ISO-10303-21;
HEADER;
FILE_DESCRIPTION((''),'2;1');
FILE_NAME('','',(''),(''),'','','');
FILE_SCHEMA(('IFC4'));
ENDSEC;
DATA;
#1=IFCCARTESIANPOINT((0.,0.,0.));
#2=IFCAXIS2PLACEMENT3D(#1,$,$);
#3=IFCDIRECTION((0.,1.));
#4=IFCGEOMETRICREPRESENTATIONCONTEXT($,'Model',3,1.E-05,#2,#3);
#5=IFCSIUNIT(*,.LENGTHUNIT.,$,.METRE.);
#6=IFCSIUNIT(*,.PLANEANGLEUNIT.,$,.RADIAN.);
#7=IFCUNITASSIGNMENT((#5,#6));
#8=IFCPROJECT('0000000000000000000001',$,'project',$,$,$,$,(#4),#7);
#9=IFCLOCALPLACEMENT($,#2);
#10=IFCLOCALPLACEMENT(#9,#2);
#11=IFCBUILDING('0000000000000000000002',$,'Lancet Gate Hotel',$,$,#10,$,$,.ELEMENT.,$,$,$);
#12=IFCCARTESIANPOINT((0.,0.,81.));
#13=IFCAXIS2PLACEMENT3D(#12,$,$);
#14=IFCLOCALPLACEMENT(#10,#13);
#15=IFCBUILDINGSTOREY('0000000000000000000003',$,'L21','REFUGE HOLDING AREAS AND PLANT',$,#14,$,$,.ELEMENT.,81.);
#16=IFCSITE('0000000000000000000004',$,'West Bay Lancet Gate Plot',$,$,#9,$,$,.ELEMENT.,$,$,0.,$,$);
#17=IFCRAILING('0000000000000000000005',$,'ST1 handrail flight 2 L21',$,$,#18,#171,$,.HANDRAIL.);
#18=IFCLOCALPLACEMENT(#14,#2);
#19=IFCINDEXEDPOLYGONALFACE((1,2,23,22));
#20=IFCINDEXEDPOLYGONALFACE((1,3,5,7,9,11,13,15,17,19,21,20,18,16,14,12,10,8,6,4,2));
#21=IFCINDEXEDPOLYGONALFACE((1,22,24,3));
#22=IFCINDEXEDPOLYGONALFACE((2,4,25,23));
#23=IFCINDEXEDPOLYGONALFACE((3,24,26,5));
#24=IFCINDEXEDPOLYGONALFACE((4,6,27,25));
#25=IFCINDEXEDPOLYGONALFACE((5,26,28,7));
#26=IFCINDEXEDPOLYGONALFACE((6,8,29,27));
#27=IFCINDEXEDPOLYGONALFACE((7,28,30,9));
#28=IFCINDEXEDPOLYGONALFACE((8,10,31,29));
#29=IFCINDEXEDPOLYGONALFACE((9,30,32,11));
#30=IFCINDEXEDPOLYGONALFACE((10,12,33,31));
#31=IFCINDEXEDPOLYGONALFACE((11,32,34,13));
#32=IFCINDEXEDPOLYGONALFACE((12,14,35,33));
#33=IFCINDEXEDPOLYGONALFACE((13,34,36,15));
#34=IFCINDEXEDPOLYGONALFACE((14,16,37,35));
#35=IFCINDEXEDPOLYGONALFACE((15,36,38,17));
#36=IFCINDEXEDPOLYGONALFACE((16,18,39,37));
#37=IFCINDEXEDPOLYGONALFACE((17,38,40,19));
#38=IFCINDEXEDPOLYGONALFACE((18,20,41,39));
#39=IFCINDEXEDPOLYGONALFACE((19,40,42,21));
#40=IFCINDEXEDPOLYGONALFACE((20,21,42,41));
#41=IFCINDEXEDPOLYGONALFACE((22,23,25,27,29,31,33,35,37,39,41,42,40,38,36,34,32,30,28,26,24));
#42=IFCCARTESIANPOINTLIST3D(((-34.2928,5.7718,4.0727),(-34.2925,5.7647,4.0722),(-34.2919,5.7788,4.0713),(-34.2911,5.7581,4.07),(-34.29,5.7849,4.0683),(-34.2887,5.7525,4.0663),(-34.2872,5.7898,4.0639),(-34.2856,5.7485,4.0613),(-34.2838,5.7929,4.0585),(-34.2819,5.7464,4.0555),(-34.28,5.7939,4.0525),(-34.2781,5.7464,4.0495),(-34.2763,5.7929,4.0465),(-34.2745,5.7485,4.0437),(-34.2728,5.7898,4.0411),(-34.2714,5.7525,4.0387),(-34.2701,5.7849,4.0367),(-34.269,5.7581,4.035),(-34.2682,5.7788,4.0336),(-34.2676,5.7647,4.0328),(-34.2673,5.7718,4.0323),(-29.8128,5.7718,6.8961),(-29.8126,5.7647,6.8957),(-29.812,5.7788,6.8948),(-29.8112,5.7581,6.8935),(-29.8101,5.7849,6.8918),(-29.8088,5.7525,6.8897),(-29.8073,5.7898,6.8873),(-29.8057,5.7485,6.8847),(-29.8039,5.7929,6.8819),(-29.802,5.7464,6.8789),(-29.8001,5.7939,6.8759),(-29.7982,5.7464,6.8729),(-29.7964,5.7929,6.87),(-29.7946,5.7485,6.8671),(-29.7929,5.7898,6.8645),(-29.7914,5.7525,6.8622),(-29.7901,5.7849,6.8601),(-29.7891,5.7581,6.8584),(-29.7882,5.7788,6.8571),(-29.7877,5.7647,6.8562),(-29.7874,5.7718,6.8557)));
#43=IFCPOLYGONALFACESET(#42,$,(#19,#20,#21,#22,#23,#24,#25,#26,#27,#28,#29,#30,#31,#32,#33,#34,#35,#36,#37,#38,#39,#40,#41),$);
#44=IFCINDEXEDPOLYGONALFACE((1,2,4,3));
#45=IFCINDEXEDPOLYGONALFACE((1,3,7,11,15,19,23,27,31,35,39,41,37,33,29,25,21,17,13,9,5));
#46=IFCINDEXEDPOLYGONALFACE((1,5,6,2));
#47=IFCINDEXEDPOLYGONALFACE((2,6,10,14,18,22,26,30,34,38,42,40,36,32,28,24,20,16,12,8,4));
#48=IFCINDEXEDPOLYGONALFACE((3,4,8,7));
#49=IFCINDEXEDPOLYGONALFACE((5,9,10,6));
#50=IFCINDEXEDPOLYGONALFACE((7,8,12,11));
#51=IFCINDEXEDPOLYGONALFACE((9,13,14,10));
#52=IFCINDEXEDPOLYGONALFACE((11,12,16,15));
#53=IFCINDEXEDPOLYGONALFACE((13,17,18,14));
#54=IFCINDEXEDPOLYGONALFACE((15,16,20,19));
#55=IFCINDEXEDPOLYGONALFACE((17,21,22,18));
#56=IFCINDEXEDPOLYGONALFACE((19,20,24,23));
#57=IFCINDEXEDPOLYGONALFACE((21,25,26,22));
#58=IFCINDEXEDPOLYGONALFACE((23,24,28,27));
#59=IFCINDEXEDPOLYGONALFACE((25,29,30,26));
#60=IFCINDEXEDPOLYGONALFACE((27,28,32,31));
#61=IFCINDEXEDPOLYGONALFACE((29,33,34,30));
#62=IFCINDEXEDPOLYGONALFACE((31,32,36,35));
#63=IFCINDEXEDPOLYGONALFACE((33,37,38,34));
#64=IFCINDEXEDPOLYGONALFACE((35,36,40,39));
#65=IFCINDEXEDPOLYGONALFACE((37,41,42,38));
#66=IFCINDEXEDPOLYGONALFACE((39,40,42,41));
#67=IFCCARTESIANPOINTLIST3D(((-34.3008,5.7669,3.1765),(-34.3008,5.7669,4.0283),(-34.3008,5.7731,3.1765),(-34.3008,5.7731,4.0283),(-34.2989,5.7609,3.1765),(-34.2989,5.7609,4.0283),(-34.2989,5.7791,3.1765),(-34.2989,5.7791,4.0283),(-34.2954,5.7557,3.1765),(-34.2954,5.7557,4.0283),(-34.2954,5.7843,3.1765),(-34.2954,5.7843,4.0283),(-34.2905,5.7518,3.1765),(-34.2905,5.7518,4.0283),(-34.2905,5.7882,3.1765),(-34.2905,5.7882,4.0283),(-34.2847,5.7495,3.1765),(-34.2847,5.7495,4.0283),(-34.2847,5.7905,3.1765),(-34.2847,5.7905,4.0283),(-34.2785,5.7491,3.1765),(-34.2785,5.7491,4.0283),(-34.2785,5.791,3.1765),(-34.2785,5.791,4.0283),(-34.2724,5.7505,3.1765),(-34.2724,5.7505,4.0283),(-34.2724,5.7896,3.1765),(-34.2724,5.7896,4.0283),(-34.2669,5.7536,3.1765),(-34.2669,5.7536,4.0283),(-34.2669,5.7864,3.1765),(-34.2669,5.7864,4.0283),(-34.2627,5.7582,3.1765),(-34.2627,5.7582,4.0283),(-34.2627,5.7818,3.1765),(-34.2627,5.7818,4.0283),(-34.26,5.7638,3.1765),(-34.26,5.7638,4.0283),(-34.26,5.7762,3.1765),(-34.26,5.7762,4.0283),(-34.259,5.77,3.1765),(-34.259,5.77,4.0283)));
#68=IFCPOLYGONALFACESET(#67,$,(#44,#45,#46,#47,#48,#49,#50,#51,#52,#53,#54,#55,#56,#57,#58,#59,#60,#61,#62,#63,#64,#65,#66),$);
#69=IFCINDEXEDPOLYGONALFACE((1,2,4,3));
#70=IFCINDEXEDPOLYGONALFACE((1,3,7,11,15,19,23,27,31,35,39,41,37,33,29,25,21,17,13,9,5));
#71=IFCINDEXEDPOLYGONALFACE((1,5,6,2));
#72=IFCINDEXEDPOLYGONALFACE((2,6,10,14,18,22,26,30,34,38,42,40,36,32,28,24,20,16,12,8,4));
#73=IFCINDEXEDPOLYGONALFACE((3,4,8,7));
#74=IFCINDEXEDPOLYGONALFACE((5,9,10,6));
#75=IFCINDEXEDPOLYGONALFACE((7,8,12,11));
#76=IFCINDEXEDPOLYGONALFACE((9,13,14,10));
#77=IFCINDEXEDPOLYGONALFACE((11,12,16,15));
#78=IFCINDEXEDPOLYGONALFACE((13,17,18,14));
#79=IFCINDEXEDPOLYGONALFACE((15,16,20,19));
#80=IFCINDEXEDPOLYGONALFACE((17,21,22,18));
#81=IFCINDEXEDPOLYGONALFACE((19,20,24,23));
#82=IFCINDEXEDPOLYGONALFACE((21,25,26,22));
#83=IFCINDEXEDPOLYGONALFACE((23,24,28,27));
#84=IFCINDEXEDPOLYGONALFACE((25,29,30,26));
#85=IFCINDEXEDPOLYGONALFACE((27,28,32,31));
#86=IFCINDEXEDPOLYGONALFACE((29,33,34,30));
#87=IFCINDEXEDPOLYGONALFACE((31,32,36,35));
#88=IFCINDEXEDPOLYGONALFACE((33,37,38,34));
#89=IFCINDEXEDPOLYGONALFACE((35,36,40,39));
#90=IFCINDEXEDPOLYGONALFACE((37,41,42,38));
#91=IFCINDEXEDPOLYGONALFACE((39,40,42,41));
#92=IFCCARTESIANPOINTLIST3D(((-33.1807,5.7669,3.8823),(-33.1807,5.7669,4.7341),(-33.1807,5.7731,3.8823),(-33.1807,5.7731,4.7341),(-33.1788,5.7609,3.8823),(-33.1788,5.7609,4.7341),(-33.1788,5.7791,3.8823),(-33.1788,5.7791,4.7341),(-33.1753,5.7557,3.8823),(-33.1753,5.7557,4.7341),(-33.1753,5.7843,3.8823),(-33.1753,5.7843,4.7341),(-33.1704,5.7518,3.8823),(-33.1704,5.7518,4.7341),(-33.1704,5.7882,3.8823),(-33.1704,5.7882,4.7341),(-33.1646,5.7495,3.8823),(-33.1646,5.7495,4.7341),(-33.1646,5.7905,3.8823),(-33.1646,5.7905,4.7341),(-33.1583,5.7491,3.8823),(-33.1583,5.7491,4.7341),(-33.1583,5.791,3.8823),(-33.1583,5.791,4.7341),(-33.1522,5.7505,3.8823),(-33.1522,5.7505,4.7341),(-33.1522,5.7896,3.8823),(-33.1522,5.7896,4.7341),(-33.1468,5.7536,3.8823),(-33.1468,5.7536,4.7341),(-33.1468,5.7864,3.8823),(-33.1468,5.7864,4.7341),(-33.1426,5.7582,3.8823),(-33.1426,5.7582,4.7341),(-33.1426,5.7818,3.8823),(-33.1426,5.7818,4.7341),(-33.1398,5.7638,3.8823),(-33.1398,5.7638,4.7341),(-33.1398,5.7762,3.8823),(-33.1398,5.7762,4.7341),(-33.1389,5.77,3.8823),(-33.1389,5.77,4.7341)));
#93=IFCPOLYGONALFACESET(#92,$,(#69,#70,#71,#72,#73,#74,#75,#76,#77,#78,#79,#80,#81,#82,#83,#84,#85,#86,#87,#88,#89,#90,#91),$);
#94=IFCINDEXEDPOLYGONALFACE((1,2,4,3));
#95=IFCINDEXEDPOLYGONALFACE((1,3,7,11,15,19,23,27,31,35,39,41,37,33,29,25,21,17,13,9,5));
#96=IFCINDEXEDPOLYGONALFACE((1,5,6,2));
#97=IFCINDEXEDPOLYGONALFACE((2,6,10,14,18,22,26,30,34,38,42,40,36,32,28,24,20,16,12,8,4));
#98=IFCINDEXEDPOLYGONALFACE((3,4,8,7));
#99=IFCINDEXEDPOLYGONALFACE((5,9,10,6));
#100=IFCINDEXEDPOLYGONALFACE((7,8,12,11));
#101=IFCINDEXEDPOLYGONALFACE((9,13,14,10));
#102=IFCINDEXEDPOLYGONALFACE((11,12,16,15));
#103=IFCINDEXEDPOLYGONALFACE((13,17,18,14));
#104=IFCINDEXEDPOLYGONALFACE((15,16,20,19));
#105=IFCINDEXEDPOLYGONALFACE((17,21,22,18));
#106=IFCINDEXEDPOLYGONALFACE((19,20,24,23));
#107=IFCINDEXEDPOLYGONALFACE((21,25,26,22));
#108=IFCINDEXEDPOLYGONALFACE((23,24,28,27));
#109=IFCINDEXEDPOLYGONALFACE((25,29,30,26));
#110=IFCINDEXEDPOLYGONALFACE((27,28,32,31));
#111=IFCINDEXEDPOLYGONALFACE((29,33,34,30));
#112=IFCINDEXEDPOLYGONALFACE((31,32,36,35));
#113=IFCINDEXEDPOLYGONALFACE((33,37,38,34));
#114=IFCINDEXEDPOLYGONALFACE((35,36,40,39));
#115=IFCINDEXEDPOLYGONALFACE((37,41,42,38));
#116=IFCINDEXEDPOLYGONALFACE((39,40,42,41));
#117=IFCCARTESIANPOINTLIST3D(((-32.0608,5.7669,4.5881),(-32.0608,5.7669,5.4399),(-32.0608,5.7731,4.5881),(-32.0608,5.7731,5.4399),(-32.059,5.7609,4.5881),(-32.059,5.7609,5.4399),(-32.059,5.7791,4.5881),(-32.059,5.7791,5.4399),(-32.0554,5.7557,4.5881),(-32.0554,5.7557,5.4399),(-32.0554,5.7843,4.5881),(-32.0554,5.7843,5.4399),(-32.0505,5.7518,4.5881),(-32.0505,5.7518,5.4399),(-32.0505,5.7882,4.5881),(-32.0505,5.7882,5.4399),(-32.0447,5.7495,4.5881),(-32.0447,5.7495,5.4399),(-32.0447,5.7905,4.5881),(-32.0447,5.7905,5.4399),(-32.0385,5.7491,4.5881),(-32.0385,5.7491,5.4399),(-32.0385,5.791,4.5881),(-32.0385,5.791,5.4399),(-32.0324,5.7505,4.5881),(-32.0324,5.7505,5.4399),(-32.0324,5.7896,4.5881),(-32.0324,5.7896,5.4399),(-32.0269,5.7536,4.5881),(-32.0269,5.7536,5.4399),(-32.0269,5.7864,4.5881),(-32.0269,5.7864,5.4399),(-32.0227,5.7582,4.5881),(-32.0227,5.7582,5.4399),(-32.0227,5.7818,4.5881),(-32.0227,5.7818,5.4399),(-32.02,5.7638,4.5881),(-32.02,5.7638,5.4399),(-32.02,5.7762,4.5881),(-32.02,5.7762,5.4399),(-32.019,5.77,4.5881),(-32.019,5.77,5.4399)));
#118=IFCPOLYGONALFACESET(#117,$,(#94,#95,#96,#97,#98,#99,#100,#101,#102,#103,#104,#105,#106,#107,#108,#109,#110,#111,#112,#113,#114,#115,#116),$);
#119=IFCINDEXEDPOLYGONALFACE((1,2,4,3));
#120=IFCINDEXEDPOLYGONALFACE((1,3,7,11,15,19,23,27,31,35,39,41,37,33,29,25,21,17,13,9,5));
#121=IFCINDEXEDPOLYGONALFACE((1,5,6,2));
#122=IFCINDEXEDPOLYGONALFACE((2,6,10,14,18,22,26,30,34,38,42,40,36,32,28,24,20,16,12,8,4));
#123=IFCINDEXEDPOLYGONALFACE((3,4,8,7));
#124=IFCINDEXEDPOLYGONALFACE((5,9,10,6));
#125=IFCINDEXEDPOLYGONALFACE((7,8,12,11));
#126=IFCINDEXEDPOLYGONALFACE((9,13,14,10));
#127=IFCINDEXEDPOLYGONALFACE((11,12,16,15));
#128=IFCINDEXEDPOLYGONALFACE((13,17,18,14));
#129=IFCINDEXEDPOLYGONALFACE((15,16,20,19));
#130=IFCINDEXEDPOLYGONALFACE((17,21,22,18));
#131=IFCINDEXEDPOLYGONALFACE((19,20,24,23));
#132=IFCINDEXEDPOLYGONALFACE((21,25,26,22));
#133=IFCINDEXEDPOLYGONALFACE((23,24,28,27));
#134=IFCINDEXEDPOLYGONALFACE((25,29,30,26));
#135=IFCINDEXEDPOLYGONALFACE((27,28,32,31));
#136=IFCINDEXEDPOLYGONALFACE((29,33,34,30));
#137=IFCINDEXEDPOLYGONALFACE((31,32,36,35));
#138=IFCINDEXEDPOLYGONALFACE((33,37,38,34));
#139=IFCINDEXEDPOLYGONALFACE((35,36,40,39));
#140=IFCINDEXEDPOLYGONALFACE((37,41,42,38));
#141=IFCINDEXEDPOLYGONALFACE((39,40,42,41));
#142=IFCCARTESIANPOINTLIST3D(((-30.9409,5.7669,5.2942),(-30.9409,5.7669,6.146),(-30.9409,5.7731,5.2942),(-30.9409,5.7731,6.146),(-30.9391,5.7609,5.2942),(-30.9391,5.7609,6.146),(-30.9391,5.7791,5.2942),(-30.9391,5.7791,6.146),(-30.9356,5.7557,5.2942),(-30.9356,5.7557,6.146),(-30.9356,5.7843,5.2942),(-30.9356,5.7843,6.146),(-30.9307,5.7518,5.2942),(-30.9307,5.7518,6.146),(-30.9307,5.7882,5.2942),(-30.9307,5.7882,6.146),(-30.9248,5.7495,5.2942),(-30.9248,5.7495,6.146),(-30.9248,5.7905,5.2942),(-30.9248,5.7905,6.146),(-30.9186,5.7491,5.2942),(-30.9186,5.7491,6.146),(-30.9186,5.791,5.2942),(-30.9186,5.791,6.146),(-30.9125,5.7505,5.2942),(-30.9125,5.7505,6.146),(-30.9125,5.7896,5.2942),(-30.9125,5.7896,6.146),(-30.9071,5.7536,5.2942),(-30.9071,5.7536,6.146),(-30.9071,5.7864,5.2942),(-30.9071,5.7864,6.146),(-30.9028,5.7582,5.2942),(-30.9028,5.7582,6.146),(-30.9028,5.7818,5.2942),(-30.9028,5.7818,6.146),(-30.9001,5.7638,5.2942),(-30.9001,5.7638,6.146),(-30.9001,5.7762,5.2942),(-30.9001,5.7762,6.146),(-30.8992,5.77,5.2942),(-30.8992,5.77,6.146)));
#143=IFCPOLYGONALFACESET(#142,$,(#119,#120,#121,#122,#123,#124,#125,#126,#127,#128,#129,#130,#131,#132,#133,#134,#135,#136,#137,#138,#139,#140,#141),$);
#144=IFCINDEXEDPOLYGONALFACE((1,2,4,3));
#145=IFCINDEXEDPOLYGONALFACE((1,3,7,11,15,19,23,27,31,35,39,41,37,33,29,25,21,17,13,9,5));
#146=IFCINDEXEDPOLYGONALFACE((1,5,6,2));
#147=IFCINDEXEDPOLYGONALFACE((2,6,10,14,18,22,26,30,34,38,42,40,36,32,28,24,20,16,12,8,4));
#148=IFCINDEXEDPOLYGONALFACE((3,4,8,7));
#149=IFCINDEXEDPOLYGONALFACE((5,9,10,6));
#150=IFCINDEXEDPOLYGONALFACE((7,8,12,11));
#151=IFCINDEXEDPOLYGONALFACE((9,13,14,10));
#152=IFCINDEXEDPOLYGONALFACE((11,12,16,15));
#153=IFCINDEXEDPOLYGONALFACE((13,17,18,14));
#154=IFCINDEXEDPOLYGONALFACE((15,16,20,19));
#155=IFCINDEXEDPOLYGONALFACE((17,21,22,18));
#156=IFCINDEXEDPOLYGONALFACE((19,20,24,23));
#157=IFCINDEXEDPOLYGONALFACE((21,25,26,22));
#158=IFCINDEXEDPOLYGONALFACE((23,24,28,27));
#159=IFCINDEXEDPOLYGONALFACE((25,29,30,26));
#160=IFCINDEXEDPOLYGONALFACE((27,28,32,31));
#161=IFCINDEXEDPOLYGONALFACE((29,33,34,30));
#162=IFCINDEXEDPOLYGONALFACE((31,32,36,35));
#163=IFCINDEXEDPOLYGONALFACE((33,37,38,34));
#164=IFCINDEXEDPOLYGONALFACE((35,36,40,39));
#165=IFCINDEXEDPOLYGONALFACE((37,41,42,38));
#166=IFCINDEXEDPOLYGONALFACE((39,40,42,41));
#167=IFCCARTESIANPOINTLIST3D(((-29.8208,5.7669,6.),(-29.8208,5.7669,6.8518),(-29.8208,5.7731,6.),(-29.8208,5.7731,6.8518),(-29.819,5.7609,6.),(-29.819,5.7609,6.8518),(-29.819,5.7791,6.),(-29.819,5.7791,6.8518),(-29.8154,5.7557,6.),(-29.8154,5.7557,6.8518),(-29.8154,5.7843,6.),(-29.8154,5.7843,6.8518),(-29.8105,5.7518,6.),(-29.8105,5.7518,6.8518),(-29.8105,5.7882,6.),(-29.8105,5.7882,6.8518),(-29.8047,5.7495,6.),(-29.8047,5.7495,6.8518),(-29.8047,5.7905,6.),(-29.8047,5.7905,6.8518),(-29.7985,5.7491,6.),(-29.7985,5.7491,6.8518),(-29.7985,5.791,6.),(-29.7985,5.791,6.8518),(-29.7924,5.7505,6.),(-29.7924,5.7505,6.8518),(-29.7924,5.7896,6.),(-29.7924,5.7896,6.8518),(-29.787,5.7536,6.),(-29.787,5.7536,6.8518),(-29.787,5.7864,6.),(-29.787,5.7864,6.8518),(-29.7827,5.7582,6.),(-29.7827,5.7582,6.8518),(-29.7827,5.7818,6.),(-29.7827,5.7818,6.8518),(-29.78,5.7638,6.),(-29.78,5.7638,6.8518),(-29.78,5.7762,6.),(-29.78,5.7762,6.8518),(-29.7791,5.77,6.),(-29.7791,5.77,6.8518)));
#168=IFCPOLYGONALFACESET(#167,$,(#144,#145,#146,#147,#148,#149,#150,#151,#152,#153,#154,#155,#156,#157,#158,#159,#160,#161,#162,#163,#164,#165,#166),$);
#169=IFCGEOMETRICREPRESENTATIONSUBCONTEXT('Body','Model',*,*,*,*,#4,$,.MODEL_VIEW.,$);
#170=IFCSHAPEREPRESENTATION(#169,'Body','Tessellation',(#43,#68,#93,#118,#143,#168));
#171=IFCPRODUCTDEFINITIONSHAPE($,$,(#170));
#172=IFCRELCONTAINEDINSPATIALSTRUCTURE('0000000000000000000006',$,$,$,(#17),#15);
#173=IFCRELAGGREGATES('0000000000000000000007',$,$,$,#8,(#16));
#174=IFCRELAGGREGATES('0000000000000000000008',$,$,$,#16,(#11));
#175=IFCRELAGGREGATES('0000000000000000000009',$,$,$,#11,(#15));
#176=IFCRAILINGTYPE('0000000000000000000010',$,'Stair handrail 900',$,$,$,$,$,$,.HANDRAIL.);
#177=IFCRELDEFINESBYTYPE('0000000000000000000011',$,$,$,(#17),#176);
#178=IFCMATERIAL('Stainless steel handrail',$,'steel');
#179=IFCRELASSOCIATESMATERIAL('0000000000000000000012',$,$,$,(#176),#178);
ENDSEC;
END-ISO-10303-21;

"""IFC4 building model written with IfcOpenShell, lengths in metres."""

from ifc_helpers import new_model, si_unit, direction, frame, origin, origin_2d, place, context, subcontext, project, spatial, circle, extrude, material, type_object, element, save


model = new_model("IFC4")

# Units and contexts
model_context = context("Model", 3, precision=1e-05, world=origin(), true_north=direction((0.0, 1.0)))
body_context = subcontext(model_context, "Body", "Model", "MODEL_VIEW")
ifc_project = project(units=[si_unit("LENGTHUNIT", "METRE"), si_unit("PLANEANGLEUNIT", "RADIAN")], contexts=[model_context])

# Site, building, storey
site_placement = place(None, origin())
site = spatial("IfcSite", under=ifc_project, at=site_placement, Name="West Bay Lancet Gate Plot", CompositionType="ELEMENT", RefElevation=0.0)
building_placement = place(site_placement, origin())
building = spatial("IfcBuilding", under=site, at=building_placement, Name="Lancet Gate Hotel", CompositionType="ELEMENT")
storey_placement = place(building_placement, frame((0.0, 0.0, 81.0)))
storey = spatial("IfcBuildingStorey", under=building, at=storey_placement, Name="L21", Description="REFUGE HOLDING AREAS AND PLANT", CompositionType="ELEMENT", Elevation=81.0)

# Railing
ifc_material_1 = material(Name="Stainless steel handrail", Category="steel")
railing_type = type_object("IfcRailingType", Name="Stair handrail 900", PredefinedType="HANDRAIL", material=ifc_material_1)
railing_1_placement = place(storey_placement, frame((-34.28, 5.77, 3.1765)))
element("IfcRailing", 1, at=railing_1_placement, inside=storey, type_object=railing_type, Name="ST1 handrail flight 2 L21", PredefinedType="HANDRAIL", context=body_context, shape_type="SweptSolid", body=[
    extrude(circle(Radius=0.0239, at=origin_2d()), frame((0.0, 0.0, 0.876), z_axis=(0.845998, 0.0, 0.533186), x_axis=(0.0, 1.0, 0.0)), (0.0, 0.0, 1.0), 5.2954),
    extrude(circle(Radius=0.021, at=origin_2d()), origin(), (0.0, 0.0, 1.0), 0.8518),
    extrude(circle(Radius=0.021, at=origin_2d()), frame((1.1201, 0.0, 0.7058)), (0.0, 0.0, 1.0), 0.8518),
    extrude(circle(Radius=0.021, at=origin_2d()), frame((2.24, 0.0, 1.4116)), (0.0, 0.0, 1.0), 0.8518),
    extrude(circle(Radius=0.021, at=origin_2d()), frame((3.3599, 0.0, 2.1177)), (0.0, 0.0, 1.0), 0.8518),
    extrude(circle(Radius=0.021, at=origin_2d()), frame((4.48, 0.0, 2.8235)), (0.0, 0.0, 1.0), 0.8518),
])

save(model, "model.ifc")
